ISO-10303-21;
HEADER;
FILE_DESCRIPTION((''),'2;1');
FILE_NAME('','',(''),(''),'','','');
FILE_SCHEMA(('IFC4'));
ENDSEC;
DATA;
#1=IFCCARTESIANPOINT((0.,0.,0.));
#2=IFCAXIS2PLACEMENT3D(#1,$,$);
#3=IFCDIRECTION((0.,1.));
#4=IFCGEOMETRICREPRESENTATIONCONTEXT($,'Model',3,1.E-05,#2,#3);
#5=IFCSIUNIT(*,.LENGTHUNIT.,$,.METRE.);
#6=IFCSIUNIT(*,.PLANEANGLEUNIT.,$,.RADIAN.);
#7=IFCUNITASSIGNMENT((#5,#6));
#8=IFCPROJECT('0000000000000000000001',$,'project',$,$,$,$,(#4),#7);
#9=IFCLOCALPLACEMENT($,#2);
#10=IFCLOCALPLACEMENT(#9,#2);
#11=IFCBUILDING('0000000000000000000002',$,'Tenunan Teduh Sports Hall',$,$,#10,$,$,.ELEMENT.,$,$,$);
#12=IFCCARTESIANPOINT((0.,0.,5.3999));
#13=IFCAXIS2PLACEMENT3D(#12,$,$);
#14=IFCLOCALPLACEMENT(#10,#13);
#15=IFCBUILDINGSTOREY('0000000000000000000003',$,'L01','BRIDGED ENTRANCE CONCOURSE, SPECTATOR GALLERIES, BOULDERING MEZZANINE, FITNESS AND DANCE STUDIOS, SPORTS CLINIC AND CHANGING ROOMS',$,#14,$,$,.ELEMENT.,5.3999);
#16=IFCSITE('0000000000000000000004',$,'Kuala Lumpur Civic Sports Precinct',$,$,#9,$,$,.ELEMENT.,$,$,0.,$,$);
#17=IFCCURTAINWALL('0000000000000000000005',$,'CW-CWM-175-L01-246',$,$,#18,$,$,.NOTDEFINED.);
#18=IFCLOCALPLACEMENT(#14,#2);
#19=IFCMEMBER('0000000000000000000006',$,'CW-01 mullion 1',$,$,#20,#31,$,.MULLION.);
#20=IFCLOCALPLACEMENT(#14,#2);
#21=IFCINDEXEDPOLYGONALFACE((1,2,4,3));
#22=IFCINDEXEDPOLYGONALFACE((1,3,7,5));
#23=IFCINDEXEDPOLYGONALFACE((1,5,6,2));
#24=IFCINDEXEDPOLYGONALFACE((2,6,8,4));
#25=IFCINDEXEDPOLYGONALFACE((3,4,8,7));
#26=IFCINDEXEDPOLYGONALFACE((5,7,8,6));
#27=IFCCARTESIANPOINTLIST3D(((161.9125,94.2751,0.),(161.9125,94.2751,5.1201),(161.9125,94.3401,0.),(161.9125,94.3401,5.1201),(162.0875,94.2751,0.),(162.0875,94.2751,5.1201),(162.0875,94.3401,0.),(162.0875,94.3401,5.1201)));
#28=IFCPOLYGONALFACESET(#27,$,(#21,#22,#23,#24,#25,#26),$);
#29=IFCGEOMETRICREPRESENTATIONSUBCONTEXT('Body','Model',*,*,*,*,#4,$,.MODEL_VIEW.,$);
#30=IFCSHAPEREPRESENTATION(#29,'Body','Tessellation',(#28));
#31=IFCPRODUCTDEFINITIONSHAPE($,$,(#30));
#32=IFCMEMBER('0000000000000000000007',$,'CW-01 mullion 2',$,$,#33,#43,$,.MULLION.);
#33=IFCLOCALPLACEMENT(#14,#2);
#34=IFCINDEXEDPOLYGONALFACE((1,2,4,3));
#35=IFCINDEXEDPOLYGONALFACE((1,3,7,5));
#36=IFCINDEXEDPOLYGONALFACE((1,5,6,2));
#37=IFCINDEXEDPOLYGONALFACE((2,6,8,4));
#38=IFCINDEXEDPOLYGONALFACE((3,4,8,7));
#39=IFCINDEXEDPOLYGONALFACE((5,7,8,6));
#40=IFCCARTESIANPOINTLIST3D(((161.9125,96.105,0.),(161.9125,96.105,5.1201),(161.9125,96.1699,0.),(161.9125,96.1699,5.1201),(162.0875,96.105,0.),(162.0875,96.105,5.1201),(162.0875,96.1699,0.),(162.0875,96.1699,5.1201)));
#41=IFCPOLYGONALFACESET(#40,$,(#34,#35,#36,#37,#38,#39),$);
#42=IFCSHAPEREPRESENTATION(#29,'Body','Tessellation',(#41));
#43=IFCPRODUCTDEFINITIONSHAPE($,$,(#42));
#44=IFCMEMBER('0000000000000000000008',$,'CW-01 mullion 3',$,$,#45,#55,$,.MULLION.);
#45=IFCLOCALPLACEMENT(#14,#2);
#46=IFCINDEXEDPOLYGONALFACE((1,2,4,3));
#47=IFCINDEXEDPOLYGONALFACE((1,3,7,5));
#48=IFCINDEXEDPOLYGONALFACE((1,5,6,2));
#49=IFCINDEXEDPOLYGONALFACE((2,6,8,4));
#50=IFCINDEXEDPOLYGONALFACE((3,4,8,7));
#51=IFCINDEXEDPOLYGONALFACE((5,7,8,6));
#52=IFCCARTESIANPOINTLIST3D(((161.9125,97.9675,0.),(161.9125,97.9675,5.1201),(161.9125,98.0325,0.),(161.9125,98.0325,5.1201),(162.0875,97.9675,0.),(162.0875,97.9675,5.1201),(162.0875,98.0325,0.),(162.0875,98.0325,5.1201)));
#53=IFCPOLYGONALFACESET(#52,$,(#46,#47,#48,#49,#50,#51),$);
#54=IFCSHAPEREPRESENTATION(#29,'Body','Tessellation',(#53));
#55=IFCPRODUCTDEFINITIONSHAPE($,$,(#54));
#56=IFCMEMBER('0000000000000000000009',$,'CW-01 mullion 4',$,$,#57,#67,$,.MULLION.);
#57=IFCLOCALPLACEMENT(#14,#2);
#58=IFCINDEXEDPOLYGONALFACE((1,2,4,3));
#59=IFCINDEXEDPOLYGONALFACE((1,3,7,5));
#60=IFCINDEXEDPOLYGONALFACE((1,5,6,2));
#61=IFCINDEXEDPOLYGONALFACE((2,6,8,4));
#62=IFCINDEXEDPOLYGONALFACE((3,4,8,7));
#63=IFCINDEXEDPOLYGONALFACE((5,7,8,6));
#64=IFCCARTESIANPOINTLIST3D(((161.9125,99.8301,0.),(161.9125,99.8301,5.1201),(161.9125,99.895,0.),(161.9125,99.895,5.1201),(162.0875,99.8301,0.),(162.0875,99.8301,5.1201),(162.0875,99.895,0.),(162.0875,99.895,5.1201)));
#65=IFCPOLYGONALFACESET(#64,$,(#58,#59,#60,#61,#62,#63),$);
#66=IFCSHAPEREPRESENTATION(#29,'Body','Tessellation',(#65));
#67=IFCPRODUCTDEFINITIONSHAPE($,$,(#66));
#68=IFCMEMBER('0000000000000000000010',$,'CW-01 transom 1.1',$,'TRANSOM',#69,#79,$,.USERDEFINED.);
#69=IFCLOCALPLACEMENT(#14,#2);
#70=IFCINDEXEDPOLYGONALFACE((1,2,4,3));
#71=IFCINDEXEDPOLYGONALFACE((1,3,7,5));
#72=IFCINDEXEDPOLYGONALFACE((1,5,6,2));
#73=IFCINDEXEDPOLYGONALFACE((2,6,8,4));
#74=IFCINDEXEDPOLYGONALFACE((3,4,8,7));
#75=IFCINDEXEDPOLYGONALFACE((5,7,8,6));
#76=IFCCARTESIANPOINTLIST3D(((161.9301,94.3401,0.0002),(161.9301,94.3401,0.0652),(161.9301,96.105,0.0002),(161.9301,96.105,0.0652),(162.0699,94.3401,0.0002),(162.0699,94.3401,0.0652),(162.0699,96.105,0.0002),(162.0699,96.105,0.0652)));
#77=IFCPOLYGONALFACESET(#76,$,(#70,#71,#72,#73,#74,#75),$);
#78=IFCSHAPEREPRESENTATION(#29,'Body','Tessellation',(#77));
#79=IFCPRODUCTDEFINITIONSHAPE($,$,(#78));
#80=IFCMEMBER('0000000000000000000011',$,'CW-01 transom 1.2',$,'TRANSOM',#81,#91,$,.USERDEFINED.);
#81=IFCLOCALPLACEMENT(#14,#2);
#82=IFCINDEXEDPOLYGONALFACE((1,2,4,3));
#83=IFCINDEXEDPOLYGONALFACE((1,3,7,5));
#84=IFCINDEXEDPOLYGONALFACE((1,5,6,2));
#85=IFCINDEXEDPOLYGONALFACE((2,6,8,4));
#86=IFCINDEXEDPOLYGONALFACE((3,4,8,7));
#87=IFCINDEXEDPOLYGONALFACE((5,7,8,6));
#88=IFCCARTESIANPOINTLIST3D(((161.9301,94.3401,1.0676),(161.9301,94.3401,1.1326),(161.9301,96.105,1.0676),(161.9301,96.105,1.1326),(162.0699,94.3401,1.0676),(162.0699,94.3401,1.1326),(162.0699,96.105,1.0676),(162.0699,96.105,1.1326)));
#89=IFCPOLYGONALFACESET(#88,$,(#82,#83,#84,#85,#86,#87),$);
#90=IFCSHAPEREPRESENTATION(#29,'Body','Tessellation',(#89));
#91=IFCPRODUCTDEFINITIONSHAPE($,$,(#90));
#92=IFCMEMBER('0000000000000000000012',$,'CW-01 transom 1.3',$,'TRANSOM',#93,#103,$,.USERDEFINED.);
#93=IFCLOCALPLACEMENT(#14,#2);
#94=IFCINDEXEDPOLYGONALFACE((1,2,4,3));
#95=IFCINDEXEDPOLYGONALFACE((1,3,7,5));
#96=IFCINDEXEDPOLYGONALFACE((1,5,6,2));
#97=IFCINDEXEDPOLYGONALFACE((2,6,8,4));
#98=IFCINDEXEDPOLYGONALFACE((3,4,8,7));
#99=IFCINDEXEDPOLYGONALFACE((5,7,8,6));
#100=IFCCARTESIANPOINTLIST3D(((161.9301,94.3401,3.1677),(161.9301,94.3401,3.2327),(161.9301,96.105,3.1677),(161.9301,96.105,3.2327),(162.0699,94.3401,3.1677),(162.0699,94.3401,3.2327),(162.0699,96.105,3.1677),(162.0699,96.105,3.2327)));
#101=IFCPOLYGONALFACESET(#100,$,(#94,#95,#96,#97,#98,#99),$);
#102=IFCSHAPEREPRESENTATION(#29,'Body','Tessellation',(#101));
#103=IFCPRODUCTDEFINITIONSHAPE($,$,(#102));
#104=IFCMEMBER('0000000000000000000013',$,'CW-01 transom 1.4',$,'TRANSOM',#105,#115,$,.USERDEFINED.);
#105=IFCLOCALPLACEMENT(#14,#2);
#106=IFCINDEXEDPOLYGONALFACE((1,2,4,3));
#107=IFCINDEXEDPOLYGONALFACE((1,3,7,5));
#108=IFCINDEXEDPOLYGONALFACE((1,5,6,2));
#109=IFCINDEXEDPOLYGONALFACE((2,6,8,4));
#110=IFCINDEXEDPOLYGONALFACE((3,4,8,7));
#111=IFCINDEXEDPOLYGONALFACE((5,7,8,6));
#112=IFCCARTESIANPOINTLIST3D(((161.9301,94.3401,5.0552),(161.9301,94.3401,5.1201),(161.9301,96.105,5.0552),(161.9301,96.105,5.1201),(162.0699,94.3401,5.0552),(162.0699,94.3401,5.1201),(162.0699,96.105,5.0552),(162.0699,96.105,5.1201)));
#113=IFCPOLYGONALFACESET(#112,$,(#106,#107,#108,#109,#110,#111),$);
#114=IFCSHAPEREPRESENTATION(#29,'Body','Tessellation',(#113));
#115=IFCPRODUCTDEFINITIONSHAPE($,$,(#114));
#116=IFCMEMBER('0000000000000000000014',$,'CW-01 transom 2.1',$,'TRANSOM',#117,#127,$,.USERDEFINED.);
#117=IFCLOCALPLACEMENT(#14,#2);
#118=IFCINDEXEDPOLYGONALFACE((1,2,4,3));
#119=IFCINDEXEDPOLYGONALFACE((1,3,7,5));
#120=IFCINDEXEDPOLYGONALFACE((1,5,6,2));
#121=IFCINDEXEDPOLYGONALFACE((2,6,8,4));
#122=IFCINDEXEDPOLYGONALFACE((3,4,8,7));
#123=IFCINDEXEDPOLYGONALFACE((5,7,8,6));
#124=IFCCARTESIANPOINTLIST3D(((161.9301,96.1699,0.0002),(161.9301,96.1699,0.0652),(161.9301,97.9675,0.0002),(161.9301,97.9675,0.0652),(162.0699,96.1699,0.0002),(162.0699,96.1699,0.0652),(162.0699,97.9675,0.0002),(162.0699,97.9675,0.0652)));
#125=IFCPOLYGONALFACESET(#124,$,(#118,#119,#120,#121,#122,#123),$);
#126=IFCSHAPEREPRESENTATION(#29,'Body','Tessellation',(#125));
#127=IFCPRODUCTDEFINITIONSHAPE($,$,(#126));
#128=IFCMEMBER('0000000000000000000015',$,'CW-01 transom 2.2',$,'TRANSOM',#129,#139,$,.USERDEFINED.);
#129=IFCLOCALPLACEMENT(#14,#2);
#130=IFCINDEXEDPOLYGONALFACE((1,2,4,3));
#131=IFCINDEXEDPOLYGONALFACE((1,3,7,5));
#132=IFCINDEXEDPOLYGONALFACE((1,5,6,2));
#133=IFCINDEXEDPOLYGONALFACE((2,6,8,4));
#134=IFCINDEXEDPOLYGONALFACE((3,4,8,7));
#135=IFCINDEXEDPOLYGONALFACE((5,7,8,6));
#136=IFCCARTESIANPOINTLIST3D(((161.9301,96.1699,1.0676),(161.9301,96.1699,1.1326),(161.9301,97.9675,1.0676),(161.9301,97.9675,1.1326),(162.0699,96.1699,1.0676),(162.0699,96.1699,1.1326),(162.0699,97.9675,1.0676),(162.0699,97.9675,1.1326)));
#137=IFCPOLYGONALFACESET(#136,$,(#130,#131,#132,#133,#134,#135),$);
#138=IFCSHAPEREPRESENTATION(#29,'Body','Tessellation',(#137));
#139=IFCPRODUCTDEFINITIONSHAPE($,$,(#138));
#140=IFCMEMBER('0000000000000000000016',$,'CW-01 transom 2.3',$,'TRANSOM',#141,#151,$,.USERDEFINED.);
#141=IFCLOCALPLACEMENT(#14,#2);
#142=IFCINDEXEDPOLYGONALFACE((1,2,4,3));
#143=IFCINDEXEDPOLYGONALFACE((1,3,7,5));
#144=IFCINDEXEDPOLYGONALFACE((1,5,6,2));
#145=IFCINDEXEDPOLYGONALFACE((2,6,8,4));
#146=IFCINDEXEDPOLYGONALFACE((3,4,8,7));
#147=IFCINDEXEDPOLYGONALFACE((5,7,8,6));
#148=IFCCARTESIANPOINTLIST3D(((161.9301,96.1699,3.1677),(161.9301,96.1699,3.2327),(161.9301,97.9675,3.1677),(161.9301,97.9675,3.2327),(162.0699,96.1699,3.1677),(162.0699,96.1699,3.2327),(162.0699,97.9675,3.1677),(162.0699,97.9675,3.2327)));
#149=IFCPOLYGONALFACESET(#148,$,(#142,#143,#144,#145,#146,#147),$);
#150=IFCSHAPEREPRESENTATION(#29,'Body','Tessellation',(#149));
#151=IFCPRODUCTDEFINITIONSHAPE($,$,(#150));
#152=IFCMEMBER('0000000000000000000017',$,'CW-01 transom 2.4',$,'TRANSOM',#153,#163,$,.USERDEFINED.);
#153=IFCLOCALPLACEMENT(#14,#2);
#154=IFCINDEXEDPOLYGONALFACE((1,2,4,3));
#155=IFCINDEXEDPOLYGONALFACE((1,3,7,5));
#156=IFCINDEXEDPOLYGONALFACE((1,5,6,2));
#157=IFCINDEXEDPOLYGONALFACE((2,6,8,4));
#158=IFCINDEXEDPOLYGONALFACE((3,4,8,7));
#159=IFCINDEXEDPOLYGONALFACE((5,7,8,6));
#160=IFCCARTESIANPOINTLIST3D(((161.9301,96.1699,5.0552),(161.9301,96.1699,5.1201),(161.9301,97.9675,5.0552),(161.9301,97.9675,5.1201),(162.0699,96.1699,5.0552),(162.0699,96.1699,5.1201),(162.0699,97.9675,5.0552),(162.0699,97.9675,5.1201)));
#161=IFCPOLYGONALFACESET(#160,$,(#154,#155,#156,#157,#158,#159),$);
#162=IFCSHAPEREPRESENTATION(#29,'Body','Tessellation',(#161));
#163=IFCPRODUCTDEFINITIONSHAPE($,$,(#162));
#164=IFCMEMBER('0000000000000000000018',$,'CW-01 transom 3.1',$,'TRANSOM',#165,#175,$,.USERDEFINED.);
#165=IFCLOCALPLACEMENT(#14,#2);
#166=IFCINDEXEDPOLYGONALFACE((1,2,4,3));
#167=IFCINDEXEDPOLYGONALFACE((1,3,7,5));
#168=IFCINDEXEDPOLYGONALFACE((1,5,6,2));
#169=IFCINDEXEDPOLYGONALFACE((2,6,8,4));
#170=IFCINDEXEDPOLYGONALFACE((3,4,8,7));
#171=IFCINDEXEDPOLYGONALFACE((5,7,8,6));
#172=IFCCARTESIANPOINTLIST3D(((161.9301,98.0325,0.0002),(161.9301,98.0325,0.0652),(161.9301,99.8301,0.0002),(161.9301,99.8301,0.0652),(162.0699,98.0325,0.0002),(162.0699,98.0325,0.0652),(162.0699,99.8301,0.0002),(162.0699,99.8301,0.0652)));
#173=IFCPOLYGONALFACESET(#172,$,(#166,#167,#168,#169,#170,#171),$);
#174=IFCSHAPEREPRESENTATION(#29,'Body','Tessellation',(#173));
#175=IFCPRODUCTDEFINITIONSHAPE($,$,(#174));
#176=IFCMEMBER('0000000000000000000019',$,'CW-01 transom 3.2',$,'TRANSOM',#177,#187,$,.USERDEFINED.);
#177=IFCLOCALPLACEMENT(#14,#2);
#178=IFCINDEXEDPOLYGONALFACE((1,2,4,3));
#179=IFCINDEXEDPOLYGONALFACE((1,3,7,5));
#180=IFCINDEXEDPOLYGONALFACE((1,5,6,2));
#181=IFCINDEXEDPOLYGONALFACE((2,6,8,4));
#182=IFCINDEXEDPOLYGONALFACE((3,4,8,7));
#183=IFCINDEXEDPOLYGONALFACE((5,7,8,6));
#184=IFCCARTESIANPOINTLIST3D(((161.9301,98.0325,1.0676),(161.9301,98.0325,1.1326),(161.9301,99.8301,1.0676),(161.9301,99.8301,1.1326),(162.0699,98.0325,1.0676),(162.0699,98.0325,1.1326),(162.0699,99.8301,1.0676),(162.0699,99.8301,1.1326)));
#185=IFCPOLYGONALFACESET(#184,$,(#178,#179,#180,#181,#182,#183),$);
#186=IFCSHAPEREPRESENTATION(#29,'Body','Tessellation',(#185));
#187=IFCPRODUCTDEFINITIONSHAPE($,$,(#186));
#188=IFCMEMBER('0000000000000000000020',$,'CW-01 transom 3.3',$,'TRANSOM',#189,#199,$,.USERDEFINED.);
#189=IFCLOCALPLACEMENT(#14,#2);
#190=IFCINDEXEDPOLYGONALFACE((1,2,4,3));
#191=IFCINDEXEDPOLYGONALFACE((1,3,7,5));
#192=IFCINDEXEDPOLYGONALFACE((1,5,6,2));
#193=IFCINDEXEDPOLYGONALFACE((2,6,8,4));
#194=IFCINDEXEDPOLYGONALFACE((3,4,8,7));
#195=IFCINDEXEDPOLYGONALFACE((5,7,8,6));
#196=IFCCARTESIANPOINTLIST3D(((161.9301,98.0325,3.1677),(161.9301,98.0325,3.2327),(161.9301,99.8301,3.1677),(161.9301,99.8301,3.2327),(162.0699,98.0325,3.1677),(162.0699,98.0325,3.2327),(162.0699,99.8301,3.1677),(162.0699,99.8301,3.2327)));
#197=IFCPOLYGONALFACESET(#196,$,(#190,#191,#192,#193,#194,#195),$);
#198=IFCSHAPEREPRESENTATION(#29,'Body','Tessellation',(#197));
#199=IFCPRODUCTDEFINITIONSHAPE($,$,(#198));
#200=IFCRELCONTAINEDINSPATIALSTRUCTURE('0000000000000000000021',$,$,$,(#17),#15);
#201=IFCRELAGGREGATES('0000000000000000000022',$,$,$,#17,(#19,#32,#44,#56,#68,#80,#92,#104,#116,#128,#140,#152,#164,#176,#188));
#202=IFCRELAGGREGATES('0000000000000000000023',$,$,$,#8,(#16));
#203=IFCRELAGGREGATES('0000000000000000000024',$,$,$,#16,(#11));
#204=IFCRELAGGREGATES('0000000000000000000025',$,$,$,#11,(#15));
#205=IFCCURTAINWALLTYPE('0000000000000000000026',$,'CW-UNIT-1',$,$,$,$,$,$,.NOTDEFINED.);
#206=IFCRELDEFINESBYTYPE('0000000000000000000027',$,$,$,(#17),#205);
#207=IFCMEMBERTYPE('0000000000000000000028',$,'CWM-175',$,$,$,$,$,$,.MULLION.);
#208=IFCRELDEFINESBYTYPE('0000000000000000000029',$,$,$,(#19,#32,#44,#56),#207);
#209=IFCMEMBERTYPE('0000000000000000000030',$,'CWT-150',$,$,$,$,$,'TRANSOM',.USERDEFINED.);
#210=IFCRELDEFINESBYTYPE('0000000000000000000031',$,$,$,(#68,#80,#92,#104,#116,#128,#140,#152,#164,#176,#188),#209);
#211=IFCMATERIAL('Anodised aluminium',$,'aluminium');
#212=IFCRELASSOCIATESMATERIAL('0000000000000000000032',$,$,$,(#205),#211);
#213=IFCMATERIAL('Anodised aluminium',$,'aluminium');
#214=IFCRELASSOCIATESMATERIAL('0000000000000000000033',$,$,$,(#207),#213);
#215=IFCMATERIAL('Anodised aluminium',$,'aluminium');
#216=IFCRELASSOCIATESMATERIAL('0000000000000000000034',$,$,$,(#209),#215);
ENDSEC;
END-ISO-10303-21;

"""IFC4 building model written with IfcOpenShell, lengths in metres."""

from ifc_helpers import new_model, si_unit, direction, frame, origin, origin_2d, place, context, subcontext, project, spatial, rectangle, extrude, material, material_profile, profile_set, type_object, element, aggregate, save


model = new_model("IFC4")

# Units and contexts
model_context = context("Model", 3, precision=1e-05, world=origin(), true_north=direction((0.0, 1.0)))
body_context = subcontext(model_context, "Body", "Model", "MODEL_VIEW")
ifc_project = project(units=[si_unit("LENGTHUNIT", "METRE"), si_unit("PLANEANGLEUNIT", "RADIAN")], contexts=[model_context])

# Site, building, storey
site_placement = place(None, origin())
site = spatial("IfcSite", under=ifc_project, at=site_placement, Name="Kuala Lumpur Civic Sports Precinct", CompositionType="ELEMENT", RefElevation=0.0)
building_placement = place(site_placement, origin())
building = spatial("IfcBuilding", under=site, at=building_placement, Name="Tenunan Teduh Sports Hall", CompositionType="ELEMENT")
storey_placement = place(building_placement, frame((0.0, 0.0, 5.3999)))
storey = spatial("IfcBuildingStorey", under=building, at=storey_placement, Name="L01", Description="BRIDGED ENTRANCE CONCOURSE, SPECTATOR GALLERIES, BOULDERING MEZZANINE, FITNESS AND DANCE STUDIOS, SPORTS CLINIC AND CHANGING ROOMS", CompositionType="ELEMENT", Elevation=5.3999)

# Curtain wall, members
ifc_material_1 = material(Name="Anodised aluminium", Category="aluminium")
curtain_wall_type = type_object("IfcCurtainWallType", Name="CW-UNIT-1", PredefinedType="NOTDEFINED", material=ifc_material_1)
curtain_wall_placement = place(storey_placement, origin())
curtain_wall = element("IfcCurtainWall", 1, at=curtain_wall_placement, inside=storey, type_object=curtain_wall_type, Name="CW-CWM-175-L01-246", PredefinedType="NOTDEFINED")
ifc_material_2 = material(Name="Anodised aluminium", Category="aluminium")
ifc_material_profile_1 = material_profile(ifc_material_2, rectangle(XDim=0.0649, YDim=0.175, at=origin_2d()), Name="CWM 65x175")
ifc_profile_set_1 = profile_set([ifc_material_profile_1], Name="Anodised aluminium")
member_type_1 = type_object("IfcMemberType", Name="CWM-175", PredefinedType="MULLION", material=ifc_profile_set_1)
member_1_placement = place(storey_placement, frame((162.0, 94.3076, 0.0), z_axis=(0.0, 0.0, 1.0), x_axis=(0.0, 1.0, 0.0)))
member_1 = element("IfcMember", 2, at=member_1_placement, type_object=member_type_1, Name="CW-01 mullion 1", PredefinedType="MULLION", context=body_context, shape_type="SweptSolid", body=[
    extrude(rectangle(XDim=0.0649, YDim=0.175, at=origin_2d()), origin(), (0.0, 0.0, 1.0), 5.1201),
])
member_2_placement = place(storey_placement, frame((162.0, 96.1375, 0.0), z_axis=(0.0, 0.0, 1.0), x_axis=(0.0, 1.0, 0.0)))
member_2 = element("IfcMember", 3, at=member_2_placement, type_object=member_type_1, Name="CW-01 mullion 2", PredefinedType="MULLION", context=body_context, shape_type="SweptSolid", body=[
    extrude(rectangle(XDim=0.0649, YDim=0.175, at=origin_2d()), origin(), (0.0, 0.0, 1.0), 5.1201),
])
member_3_placement = place(storey_placement, frame((162.0, 98.0, 0.0), z_axis=(0.0, 0.0, 1.0), x_axis=(0.0, 1.0, 0.0)))
member_3 = element("IfcMember", 4, at=member_3_placement, type_object=member_type_1, Name="CW-01 mullion 3", PredefinedType="MULLION", context=body_context, shape_type="SweptSolid", body=[
    extrude(rectangle(XDim=0.0649, YDim=0.175, at=origin_2d()), origin(), (0.0, 0.0, 1.0), 5.1201),
])
member_4_placement = place(storey_placement, frame((162.0, 99.8625, 0.0), z_axis=(0.0, 0.0, 1.0), x_axis=(0.0, 1.0, 0.0)))
member_4 = element("IfcMember", 5, at=member_4_placement, type_object=member_type_1, Name="CW-01 mullion 4", PredefinedType="MULLION", context=body_context, shape_type="SweptSolid", body=[
    extrude(rectangle(XDim=0.0649, YDim=0.175, at=origin_2d()), origin(), (0.0, 0.0, 1.0), 5.1201),
])
ifc_material_3 = material(Name="Anodised aluminium", Category="aluminium")
ifc_material_profile_2 = material_profile(ifc_material_3, rectangle(XDim=0.0649, YDim=0.1399, at=origin_2d()), Name="CWT 65x140")
ifc_profile_set_2 = profile_set([ifc_material_profile_2], Name="Anodised aluminium")
member_type_2 = type_object("IfcMemberType", Name="CWT-150", ElementType="TRANSOM", PredefinedType="USERDEFINED", material=ifc_profile_set_2)
member_5_placement = place(storey_placement, frame((162.0, 94.3401, 0.0327), z_axis=(0.0, 1.0, 0.0), x_axis=(0.0, 0.0, 1.0)))
member_5 = element("IfcMember", 6, at=member_5_placement, type_object=member_type_2, Name="CW-01 transom 1.1", ObjectType="TRANSOM", PredefinedType="USERDEFINED", context=body_context, shape_type="SweptSolid", body=[
    extrude(rectangle(XDim=0.0649, YDim=0.1399, at=origin_2d()), origin(), (0.0, 0.0, 1.0), 1.7649),
])
member_6_placement = place(storey_placement, frame((162.0, 94.3401, 1.1001), z_axis=(0.0, 1.0, 0.0), x_axis=(0.0, 0.0, 1.0)))
member_6 = element("IfcMember", 7, at=member_6_placement, type_object=member_type_2, Name="CW-01 transom 1.2", ObjectType="TRANSOM", PredefinedType="USERDEFINED", context=body_context, shape_type="SweptSolid", body=[
    extrude(rectangle(XDim=0.0649, YDim=0.1399, at=origin_2d()), origin(), (0.0, 0.0, 1.0), 1.7649),
])
member_7_placement = place(storey_placement, frame((162.0, 94.3401, 3.2002), z_axis=(0.0, 1.0, 0.0), x_axis=(0.0, 0.0, 1.0)))
member_7 = element("IfcMember", 8, at=member_7_placement, type_object=member_type_2, Name="CW-01 transom 1.3", ObjectType="TRANSOM", PredefinedType="USERDEFINED", context=body_context, shape_type="SweptSolid", body=[
    extrude(rectangle(XDim=0.0649, YDim=0.1399, at=origin_2d()), origin(), (0.0, 0.0, 1.0), 1.7649),
])
member_8_placement = place(storey_placement, frame((162.0, 94.3401, 5.0876), z_axis=(0.0, 1.0, 0.0), x_axis=(0.0, 0.0, 1.0)))
member_8 = element("IfcMember", 9, at=member_8_placement, type_object=member_type_2, Name="CW-01 transom 1.4", ObjectType="TRANSOM", PredefinedType="USERDEFINED", context=body_context, shape_type="SweptSolid", body=[
    extrude(rectangle(XDim=0.0649, YDim=0.1399, at=origin_2d()), origin(), (0.0, 0.0, 1.0), 1.7649),
])
member_9_placement = place(storey_placement, frame((162.0, 96.1699, 0.0327), z_axis=(0.0, 1.0, 0.0), x_axis=(0.0, 0.0, 1.0)))
member_9 = element("IfcMember", 10, at=member_9_placement, type_object=member_type_2, Name="CW-01 transom 2.1", ObjectType="TRANSOM", PredefinedType="USERDEFINED", context=body_context, shape_type="SweptSolid", body=[
    extrude(rectangle(XDim=0.0649, YDim=0.1399, at=origin_2d()), origin(), (0.0, 0.0, 1.0), 1.7976),
])
member_10_placement = place(storey_placement, frame((162.0, 96.1699, 1.1001), z_axis=(0.0, 1.0, 0.0), x_axis=(0.0, 0.0, 1.0)))
member_10 = element("IfcMember", 11, at=member_10_placement, type_object=member_type_2, Name="CW-01 transom 2.2", ObjectType="TRANSOM", PredefinedType="USERDEFINED", context=body_context, shape_type="SweptSolid", body=[
    extrude(rectangle(XDim=0.0649, YDim=0.1399, at=origin_2d()), origin(), (0.0, 0.0, 1.0), 1.7976),
])
member_11_placement = place(storey_placement, frame((162.0, 96.1699, 3.2002), z_axis=(0.0, 1.0, 0.0), x_axis=(0.0, 0.0, 1.0)))
member_11 = element("IfcMember", 12, at=member_11_placement, type_object=member_type_2, Name="CW-01 transom 2.3", ObjectType="TRANSOM", PredefinedType="USERDEFINED", context=body_context, shape_type="SweptSolid", body=[
    extrude(rectangle(XDim=0.0649, YDim=0.1399, at=origin_2d()), origin(), (0.0, 0.0, 1.0), 1.7976),
])
member_12_placement = place(storey_placement, frame((162.0, 96.1699, 5.0876), z_axis=(0.0, 1.0, 0.0), x_axis=(0.0, 0.0, 1.0)))
member_12 = element("IfcMember", 13, at=member_12_placement, type_object=member_type_2, Name="CW-01 transom 2.4", ObjectType="TRANSOM", PredefinedType="USERDEFINED", context=body_context, shape_type="SweptSolid", body=[
    extrude(rectangle(XDim=0.0649, YDim=0.1399, at=origin_2d()), origin(), (0.0, 0.0, 1.0), 1.7976),
])
member_13_placement = place(storey_placement, frame((162.0, 98.0325, 0.0327), z_axis=(0.0, 1.0, 0.0), x_axis=(0.0, 0.0, 1.0)))
member_13 = element("IfcMember", 14, at=member_13_placement, type_object=member_type_2, Name="CW-01 transom 3.1", ObjectType="TRANSOM", PredefinedType="USERDEFINED", context=body_context, shape_type="SweptSolid", body=[
    extrude(rectangle(XDim=0.0649, YDim=0.1399, at=origin_2d()), origin(), (0.0, 0.0, 1.0), 1.7976),
])
member_14_placement = place(storey_placement, frame((162.0, 98.0325, 1.1001), z_axis=(0.0, 1.0, 0.0), x_axis=(0.0, 0.0, 1.0)))
member_14 = element("IfcMember", 15, at=member_14_placement, type_object=member_type_2, Name="CW-01 transom 3.2", ObjectType="TRANSOM", PredefinedType="USERDEFINED", context=body_context, shape_type="SweptSolid", body=[
    extrude(rectangle(XDim=0.0649, YDim=0.1399, at=origin_2d()), origin(), (0.0, 0.0, 1.0), 1.7976),
])
member_15_placement = place(storey_placement, frame((162.0, 98.0325, 3.2002), z_axis=(0.0, 1.0, 0.0), x_axis=(0.0, 0.0, 1.0)))
member_15 = element("IfcMember", 16, at=member_15_placement, type_object=member_type_2, Name="CW-01 transom 3.3", ObjectType="TRANSOM", PredefinedType="USERDEFINED", context=body_context, shape_type="SweptSolid", body=[
    extrude(rectangle(XDim=0.0649, YDim=0.1399, at=origin_2d()), origin(), (0.0, 0.0, 1.0), 1.7976),
])

aggregate(curtain_wall, [member_1, member_2, member_3, member_4, member_5, member_6, member_7, member_8, member_9, member_10, member_11, member_12, member_13, member_14, member_15])

save(model, "model.ifc")
